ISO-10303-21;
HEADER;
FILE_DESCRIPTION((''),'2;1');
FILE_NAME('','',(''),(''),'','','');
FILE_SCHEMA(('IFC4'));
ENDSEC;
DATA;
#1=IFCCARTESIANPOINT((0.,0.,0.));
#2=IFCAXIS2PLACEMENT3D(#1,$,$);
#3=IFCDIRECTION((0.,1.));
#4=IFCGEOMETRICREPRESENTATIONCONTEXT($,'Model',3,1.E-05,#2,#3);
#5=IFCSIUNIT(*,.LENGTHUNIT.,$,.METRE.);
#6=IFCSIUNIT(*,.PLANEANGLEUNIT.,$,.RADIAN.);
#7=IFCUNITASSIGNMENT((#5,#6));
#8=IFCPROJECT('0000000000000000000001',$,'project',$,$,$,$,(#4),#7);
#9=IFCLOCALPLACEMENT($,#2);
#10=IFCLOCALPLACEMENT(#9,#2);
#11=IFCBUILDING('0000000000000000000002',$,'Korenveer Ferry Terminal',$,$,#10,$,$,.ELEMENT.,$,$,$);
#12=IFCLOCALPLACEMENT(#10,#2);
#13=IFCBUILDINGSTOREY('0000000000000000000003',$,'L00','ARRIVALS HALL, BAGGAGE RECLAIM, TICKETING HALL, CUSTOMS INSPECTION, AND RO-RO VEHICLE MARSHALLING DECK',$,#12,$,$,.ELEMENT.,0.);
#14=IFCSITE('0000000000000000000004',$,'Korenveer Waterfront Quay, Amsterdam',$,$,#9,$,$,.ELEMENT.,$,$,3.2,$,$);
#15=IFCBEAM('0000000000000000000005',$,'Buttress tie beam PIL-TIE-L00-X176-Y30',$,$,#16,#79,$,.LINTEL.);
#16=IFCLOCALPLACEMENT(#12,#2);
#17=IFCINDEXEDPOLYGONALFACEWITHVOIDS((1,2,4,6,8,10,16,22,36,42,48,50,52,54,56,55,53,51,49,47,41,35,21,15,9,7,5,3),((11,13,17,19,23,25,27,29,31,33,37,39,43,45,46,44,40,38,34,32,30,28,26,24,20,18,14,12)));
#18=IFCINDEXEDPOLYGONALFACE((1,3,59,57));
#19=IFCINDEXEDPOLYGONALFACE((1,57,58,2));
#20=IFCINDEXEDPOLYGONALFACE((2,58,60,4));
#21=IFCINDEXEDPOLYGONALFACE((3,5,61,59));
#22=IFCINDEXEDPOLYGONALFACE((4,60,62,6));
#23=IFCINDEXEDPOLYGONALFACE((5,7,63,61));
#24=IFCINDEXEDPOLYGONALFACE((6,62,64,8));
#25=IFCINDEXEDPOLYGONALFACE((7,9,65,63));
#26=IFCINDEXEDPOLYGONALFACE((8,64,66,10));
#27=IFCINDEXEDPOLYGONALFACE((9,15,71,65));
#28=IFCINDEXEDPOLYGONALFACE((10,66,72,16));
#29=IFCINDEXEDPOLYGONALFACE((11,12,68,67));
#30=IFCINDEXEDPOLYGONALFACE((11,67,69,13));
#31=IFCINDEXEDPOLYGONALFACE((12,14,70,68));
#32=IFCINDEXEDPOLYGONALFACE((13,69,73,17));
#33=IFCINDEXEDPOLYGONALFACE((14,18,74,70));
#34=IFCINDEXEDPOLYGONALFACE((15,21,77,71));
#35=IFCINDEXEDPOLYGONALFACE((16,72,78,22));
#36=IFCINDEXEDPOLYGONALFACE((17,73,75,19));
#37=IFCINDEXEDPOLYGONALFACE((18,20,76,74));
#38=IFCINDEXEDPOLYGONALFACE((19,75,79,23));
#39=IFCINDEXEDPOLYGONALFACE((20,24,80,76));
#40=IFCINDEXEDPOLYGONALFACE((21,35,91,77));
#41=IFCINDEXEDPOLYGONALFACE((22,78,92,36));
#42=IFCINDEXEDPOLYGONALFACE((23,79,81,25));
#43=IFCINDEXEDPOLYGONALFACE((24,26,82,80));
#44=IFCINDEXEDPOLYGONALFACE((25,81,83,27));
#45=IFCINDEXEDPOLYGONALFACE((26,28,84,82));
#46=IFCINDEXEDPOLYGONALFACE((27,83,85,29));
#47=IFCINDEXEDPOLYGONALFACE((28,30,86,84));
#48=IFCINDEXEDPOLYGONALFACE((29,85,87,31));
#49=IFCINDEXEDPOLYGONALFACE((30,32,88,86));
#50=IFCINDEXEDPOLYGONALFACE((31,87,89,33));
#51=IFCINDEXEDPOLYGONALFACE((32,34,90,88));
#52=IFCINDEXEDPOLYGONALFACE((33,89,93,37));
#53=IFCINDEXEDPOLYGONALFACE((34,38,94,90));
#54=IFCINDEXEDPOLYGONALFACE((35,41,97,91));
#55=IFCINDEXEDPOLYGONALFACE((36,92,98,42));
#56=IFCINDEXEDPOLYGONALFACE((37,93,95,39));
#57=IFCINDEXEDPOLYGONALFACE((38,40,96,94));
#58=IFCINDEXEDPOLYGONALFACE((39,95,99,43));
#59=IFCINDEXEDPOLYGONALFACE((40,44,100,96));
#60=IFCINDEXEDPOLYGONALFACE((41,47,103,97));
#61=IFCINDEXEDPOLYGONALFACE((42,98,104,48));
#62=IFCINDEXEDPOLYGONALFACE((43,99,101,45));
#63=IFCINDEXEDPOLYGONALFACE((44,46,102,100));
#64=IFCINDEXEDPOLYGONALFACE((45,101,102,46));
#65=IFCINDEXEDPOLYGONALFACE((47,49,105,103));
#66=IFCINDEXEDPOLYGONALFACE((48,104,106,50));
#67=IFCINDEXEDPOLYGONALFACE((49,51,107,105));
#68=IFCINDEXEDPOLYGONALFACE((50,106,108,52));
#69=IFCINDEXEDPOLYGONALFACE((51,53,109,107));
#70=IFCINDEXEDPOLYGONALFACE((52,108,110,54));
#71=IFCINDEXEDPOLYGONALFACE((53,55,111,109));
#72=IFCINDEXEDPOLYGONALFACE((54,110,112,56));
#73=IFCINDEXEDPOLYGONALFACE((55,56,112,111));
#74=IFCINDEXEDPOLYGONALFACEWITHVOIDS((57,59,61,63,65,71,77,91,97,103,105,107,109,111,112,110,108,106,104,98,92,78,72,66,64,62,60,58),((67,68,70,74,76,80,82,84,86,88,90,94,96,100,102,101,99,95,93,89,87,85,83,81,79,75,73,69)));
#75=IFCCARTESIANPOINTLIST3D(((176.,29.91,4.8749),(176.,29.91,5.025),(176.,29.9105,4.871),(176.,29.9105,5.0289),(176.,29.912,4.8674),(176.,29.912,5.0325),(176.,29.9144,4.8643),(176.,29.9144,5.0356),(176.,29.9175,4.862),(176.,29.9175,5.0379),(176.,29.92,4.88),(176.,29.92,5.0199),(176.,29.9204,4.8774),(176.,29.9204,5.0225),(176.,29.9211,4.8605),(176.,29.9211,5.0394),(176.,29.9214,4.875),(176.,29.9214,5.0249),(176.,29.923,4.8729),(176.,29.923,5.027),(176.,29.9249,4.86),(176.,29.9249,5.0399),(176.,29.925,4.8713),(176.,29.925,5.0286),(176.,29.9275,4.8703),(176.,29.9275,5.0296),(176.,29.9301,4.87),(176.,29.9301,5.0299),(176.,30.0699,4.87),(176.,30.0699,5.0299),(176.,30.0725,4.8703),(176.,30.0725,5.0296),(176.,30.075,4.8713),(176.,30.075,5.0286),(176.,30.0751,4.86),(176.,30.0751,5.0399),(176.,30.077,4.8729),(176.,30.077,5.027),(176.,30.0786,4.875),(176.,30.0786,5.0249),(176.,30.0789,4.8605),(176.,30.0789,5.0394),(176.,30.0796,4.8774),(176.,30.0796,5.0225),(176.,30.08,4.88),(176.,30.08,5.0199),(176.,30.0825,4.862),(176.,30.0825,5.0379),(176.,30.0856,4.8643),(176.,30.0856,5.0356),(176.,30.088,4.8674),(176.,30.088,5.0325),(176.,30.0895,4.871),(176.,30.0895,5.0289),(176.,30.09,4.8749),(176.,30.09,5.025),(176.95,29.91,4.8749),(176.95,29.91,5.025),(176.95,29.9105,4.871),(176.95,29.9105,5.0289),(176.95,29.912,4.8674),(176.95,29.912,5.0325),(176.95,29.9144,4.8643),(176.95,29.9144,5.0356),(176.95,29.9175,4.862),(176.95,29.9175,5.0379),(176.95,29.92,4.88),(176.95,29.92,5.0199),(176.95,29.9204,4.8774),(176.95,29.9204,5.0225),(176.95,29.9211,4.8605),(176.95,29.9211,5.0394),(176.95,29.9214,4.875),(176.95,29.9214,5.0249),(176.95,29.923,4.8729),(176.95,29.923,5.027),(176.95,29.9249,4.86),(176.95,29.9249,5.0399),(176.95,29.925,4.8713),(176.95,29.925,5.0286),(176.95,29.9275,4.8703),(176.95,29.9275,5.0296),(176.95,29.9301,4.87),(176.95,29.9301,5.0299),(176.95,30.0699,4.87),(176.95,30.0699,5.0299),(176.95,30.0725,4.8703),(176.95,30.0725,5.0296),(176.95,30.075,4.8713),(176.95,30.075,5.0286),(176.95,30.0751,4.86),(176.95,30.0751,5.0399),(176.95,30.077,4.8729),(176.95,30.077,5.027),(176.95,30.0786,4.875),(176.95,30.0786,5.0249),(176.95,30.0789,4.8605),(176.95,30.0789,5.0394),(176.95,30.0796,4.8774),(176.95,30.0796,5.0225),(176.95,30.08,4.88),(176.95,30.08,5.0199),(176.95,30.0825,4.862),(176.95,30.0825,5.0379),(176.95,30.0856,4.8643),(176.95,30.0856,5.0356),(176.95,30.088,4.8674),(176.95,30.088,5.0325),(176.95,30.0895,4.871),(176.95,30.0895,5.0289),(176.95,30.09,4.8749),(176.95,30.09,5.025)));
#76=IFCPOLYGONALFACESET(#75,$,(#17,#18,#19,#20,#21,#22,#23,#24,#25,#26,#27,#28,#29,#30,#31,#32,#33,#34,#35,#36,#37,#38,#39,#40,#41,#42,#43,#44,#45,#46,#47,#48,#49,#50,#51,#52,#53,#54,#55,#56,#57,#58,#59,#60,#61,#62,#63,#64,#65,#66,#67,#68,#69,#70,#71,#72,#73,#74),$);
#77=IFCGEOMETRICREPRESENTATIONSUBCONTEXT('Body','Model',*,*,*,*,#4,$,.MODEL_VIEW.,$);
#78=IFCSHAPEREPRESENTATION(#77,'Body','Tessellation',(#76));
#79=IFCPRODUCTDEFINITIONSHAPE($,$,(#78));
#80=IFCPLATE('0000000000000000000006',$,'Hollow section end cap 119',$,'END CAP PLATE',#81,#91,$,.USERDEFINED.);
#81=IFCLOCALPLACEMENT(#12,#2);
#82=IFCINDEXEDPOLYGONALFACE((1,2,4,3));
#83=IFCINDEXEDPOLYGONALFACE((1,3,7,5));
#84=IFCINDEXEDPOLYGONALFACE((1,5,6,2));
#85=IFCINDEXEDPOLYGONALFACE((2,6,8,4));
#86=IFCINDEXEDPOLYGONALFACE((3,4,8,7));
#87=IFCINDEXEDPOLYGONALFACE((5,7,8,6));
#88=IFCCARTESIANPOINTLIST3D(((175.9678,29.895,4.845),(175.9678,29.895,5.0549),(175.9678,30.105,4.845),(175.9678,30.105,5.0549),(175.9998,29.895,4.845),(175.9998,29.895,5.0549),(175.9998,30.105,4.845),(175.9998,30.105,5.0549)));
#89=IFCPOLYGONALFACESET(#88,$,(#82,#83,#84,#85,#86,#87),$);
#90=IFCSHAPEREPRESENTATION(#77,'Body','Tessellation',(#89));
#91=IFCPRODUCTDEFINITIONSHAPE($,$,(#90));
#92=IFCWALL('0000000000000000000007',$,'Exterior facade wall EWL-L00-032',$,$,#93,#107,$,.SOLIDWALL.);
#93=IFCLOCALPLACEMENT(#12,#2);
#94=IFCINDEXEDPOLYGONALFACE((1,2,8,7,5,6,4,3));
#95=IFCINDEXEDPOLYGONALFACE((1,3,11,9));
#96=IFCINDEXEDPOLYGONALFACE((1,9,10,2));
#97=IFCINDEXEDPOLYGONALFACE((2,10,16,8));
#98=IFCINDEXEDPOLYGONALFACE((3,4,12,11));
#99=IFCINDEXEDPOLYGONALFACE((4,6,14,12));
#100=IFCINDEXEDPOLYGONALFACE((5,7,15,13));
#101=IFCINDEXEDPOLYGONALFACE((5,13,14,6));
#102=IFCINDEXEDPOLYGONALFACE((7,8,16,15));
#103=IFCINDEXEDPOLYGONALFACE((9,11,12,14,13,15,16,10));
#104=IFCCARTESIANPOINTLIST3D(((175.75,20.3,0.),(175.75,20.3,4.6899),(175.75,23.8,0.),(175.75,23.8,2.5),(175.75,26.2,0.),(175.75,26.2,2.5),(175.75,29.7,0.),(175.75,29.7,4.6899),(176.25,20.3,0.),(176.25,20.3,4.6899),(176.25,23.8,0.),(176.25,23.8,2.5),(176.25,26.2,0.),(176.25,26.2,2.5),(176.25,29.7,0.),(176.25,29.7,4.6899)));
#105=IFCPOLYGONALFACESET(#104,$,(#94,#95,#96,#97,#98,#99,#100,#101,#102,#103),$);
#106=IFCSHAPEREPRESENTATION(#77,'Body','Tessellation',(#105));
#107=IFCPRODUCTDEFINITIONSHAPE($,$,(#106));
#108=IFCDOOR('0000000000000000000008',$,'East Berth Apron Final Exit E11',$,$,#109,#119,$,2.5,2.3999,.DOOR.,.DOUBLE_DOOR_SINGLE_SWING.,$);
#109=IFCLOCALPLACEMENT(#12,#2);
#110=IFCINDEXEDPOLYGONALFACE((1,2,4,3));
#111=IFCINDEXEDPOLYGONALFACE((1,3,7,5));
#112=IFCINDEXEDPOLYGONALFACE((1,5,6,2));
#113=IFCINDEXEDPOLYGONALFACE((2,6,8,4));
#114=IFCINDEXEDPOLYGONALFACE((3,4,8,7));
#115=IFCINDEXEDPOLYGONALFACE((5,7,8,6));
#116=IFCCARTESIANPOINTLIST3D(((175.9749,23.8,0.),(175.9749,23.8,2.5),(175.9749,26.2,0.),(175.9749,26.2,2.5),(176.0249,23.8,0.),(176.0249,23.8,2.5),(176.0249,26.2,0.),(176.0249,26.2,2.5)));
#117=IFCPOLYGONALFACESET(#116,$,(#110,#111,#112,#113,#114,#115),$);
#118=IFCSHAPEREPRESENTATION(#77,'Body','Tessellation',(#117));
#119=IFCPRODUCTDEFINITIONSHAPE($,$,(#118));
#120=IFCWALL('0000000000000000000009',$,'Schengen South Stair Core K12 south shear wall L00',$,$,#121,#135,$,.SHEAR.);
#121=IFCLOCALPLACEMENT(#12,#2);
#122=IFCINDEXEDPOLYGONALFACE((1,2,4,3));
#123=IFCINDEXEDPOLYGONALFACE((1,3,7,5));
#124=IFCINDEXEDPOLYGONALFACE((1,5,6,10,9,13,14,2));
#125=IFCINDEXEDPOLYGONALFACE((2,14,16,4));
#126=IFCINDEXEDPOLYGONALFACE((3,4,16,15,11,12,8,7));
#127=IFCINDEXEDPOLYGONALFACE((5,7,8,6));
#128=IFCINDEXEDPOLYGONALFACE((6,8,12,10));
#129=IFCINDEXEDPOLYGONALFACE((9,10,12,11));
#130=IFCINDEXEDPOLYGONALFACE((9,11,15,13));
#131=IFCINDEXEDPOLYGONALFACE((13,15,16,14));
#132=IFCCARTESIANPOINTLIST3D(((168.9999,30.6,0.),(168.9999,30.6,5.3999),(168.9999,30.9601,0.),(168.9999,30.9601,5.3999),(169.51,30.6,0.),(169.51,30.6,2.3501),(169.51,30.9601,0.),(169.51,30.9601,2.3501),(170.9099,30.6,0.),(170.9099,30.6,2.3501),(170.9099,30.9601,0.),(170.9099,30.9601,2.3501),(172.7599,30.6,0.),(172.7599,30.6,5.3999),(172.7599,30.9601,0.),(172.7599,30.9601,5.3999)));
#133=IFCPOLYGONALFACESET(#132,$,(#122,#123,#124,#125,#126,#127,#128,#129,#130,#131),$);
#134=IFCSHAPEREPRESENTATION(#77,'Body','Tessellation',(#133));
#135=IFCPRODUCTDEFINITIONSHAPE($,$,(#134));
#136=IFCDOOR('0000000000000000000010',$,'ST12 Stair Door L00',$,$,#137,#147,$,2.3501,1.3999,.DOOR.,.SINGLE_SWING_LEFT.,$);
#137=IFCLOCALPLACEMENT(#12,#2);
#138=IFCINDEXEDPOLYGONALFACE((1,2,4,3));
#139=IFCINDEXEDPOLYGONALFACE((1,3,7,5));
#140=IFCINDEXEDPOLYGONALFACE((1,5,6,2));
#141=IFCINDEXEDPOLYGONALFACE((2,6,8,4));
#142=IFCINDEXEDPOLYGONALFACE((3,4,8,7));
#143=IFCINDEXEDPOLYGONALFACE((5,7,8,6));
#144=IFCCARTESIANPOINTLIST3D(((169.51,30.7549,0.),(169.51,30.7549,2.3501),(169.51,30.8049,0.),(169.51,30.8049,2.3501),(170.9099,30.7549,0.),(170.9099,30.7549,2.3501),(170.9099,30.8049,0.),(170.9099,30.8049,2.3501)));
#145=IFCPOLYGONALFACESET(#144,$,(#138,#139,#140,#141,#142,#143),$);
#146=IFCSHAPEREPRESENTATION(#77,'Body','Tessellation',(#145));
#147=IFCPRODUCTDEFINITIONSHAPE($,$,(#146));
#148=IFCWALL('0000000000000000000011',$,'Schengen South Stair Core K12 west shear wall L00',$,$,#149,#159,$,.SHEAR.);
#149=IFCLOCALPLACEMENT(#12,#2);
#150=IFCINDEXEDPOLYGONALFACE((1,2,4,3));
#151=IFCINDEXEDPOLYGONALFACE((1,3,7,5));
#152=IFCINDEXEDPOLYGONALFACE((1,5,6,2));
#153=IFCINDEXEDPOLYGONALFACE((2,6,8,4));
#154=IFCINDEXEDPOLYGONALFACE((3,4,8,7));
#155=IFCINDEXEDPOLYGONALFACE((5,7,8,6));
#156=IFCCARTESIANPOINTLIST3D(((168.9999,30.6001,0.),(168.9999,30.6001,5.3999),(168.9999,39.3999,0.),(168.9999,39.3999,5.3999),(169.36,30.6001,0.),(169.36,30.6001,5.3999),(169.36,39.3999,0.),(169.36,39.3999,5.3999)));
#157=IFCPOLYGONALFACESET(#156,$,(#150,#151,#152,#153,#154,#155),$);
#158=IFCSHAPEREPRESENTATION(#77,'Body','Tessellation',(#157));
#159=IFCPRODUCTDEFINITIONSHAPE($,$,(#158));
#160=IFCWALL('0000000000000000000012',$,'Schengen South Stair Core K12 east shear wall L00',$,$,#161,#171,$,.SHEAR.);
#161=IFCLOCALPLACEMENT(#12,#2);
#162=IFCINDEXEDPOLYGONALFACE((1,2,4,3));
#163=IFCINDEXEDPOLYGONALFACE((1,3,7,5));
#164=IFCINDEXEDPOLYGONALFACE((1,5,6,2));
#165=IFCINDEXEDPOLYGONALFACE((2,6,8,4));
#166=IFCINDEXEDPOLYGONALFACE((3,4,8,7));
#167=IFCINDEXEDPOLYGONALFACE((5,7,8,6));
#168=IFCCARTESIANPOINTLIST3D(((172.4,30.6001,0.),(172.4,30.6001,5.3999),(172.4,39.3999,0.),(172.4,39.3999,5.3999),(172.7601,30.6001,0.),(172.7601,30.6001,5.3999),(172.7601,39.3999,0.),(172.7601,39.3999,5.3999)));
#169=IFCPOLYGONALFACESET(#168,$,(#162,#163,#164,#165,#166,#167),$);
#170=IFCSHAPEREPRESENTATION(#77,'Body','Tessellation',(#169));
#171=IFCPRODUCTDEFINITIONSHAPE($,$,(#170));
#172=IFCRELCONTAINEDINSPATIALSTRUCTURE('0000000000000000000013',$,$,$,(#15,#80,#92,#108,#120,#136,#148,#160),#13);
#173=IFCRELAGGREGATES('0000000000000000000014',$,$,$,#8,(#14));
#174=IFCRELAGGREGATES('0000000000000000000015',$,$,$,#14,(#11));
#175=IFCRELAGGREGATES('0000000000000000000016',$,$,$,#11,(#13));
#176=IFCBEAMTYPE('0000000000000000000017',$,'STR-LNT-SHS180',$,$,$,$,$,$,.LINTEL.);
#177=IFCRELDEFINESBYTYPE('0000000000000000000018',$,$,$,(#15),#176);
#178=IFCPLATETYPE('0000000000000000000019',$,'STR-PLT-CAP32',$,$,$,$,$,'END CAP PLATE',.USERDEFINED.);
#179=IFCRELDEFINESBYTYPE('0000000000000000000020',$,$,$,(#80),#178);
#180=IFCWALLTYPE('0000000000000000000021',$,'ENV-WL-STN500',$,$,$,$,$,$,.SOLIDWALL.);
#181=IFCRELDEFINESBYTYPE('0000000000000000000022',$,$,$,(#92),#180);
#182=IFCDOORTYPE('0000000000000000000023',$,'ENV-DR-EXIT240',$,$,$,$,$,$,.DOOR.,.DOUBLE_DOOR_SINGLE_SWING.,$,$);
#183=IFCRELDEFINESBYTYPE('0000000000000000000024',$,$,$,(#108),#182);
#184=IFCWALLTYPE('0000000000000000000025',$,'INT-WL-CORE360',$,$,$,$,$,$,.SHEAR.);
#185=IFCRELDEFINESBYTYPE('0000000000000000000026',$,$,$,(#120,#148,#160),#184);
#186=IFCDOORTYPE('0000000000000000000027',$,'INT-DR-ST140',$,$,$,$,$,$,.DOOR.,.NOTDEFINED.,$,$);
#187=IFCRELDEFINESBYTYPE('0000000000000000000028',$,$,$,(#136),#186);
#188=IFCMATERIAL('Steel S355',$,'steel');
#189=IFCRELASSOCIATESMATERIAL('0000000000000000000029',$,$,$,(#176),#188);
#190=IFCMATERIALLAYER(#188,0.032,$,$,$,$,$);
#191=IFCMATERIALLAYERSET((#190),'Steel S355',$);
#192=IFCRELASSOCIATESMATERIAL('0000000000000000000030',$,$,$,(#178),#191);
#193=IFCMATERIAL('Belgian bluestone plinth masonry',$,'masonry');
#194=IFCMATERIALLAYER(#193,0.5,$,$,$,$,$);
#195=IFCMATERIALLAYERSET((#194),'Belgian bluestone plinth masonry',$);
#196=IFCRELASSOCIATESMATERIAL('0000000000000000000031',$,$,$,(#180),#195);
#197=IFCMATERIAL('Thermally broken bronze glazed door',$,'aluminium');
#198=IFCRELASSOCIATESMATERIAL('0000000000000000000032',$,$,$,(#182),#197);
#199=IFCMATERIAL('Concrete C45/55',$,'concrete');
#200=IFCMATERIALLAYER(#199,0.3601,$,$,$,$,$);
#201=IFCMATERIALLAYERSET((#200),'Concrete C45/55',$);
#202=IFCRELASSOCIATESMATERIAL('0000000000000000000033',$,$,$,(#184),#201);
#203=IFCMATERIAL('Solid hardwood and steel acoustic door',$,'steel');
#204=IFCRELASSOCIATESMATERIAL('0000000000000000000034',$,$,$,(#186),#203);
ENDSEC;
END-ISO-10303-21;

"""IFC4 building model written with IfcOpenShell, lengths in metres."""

from ifc_helpers import new_model, si_unit, direction, frame, frame_2d, origin, origin_2d, place, context, subcontext, project, spatial, rectangle, hollow_rectangle, extrude, material, layer, layer_set, material_profile, profile_set, type_object, element, fill, save


model = new_model("IFC4")

# Units and contexts
model_context = context("Model", 3, precision=1e-05, world=origin(), true_north=direction((0.0, 1.0)))
body_context = subcontext(model_context, "Body", "Model", "MODEL_VIEW")
ifc_project = project(units=[si_unit("LENGTHUNIT", "METRE"), si_unit("PLANEANGLEUNIT", "RADIAN")], contexts=[model_context])

# Site, building, storey
site_placement = place(None, origin())
site = spatial("IfcSite", under=ifc_project, at=site_placement, Name="Korenveer Waterfront Quay, Amsterdam", CompositionType="ELEMENT", RefElevation=3.2)
building_placement = place(site_placement, origin())
building = spatial("IfcBuilding", under=site, at=building_placement, Name="Korenveer Ferry Terminal", CompositionType="ELEMENT")
storey_placement = place(building_placement, origin())
storey = spatial("IfcBuildingStorey", under=building, at=storey_placement, Name="L00", Description="ARRIVALS HALL, BAGGAGE RECLAIM, TICKETING HALL, CUSTOMS INSPECTION, AND RO-RO VEHICLE MARSHALLING DECK", CompositionType="ELEMENT", Elevation=0.0)

# Shared definitions
ifc_material_1 = material(Name="Concrete C45/55", Category="concrete")

# Beam
ifc_material_2 = material(Name="Steel S355", Category="steel")
ifc_material_profile_1 = material_profile(ifc_material_2, hollow_rectangle(XDim=0.1799, YDim=0.1799, WallThickness=0.01, InnerFilletRadius=0.01, OuterFilletRadius=0.0149, at=origin_2d()), Name="SHS 180x180x10")
ifc_profile_set_1 = profile_set([ifc_material_profile_1], Name="Steel S355")
beam_type_1 = type_object("IfcBeamType", Name="STR-LNT-SHS180", PredefinedType="LINTEL", material=ifc_profile_set_1)
beam_1_placement = place(storey_placement, frame((176.0, 30.0, 4.95), z_axis=(1.0, 0.0, 0.0), x_axis=(0.0, 1.0, 0.0)))
element("IfcBeam", 1, at=beam_1_placement, inside=storey, type_object=beam_type_1, Name="Buttress tie beam PIL-TIE-L00-X176-Y30", PredefinedType="LINTEL", context=body_context, shape_type="SweptSolid", body=[
    extrude(hollow_rectangle(XDim=0.1799, YDim=0.1799, WallThickness=0.01, InnerFilletRadius=0.01, OuterFilletRadius=0.0149, at=origin_2d()), origin(), (0.0, 0.0, 1.0), 0.95),
])

# Plate
ifc_layer_1 = layer(ifc_material_2, 0.032)
ifc_layer_set_1 = layer_set([ifc_layer_1], Name="Steel S355")
plate_type = type_object("IfcPlateType", Name="STR-PLT-CAP32", ElementType="END CAP PLATE", PredefinedType="USERDEFINED", material=ifc_layer_set_1)
plate_placement = place(storey_placement, frame((175.9678, 30.0, 4.95), z_axis=(1.0, 0.0, 0.0), x_axis=(0.0, 1.0, 0.0)))
element("IfcPlate", 2, at=plate_placement, inside=storey, type_object=plate_type, Name="Hollow section end cap 119", ObjectType="END CAP PLATE", PredefinedType="USERDEFINED", context=body_context, shape_type="SweptSolid", body=[
    extrude(rectangle(XDim=0.21, YDim=0.21, at=origin_2d()), origin(), (0.0, 0.0, 1.0), 0.032),
])

# Walls, openings, doors
ifc_material_3 = material(Name="Belgian bluestone plinth masonry", Category="masonry")
ifc_layer_2 = layer(ifc_material_3, 0.5)
ifc_layer_set_2 = layer_set([ifc_layer_2], Name="Belgian bluestone plinth masonry")
wall_type_1 = type_object("IfcWallType", Name="ENV-WL-STN500", PredefinedType="SOLIDWALL", material=ifc_layer_set_2)
wall_1_placement = place(storey_placement, frame((176.0, 29.7, 0.0), z_axis=(0.0, 0.0, 1.0), x_axis=(0.0, -1.0, 0.0)))
wall_1 = element("IfcWall", 3, at=wall_1_placement, inside=storey, type_object=wall_type_1, Name="Exterior facade wall EWL-L00-032", PredefinedType="SOLIDWALL", context=body_context, shape_type="SweptSolid", body=[
    extrude(rectangle(XDim=9.3999, YDim=0.5, at=frame_2d((4.7, 0.0))), origin(), (0.0, 0.0, 1.0), 4.6899),
])
opening_1_placement = place(wall_1_placement, frame((3.5, 0.0, 0.0)))
opening_1 = element("IfcOpeningElement", 4, at=opening_1_placement, cuts=wall_1, PredefinedType="OPENING", context=body_context, shape_type="SweptSolid", body=[
    extrude(rectangle(XDim=2.3999, YDim=2.5, at=frame_2d((1.2, 1.25))), frame((0.0, 0.26, 0.0), z_axis=(0.0, -1.0, 0.0), x_axis=(1.0, 0.0, 0.0)), (0.0, 0.0, 1.0), 0.52),
])
ifc_material_4 = material(Name="Thermally broken bronze glazed door", Category="aluminium")
door_type_1 = type_object("IfcDoorType", Name="ENV-DR-EXIT240", OperationType="DOUBLE_DOOR_SINGLE_SWING", PredefinedType="DOOR", material=ifc_material_4)
door_1_placement = place(opening_1_placement, origin())
door_1 = element("IfcDoor", 5, at=door_1_placement, inside=storey, type_object=door_type_1, Name="East Berth Apron Final Exit E11", OperationType="DOUBLE_DOOR_SINGLE_SWING", OverallHeight=2.5, OverallWidth=2.3999, PredefinedType="DOOR", context=body_context, shape_type="SweptSolid", body=[
    extrude(rectangle(XDim=2.3999, YDim=2.5, at=frame_2d((1.2, 1.25))), frame((0.0, 0.0249, 0.0), z_axis=(0.0, -1.0, 0.0), x_axis=(1.0, 0.0, 0.0)), (0.0, 0.0, 1.0), 0.05),
])
fill(opening_1, door_1)
ifc_layer_3 = layer(ifc_material_1, 0.3601)
ifc_layer_set_3 = layer_set([ifc_layer_3], Name="Concrete C45/55")
wall_type_2 = type_object("IfcWallType", Name="INT-WL-CORE360", PredefinedType="SHEAR", material=ifc_layer_set_3)
wall_2_placement = place(storey_placement, frame((169.0, 30.78, 0.0), z_axis=(0.0, 0.0, 1.0), x_axis=(1.0, 0.0, 0.0)))
wall_2 = element("IfcWall", 6, at=wall_2_placement, inside=storey, type_object=wall_type_2, Name="Schengen South Stair Core K12 south shear wall L00", PredefinedType="SHEAR", context=body_context, shape_type="SweptSolid", body=[
    extrude(rectangle(XDim=3.76, YDim=0.3601, at=frame_2d((1.8799, 0.0))), origin(), (0.0, 0.0, 1.0), 5.3999),
])
opening_2_placement = place(wall_2_placement, frame((0.51, 0.0, 0.0)))
opening_2 = element("IfcOpeningElement", 7, at=opening_2_placement, cuts=wall_2, PredefinedType="OPENING", context=body_context, shape_type="SweptSolid", body=[
    extrude(rectangle(XDim=1.3999, YDim=2.3501, at=frame_2d((0.7, 1.175))), frame((0.0, 0.1899, 0.0), z_axis=(0.0, -1.0, 0.0), x_axis=(1.0, 0.0, 0.0)), (0.0, 0.0, 1.0), 0.3801),
])
ifc_material_5 = material(Name="Solid hardwood and steel acoustic door", Category="steel")
door_type_2 = type_object("IfcDoorType", Name="INT-DR-ST140", OperationType="NOTDEFINED", PredefinedType="DOOR", material=ifc_material_5)
door_2_placement = place(opening_2_placement, origin())
door_2 = element("IfcDoor", 8, at=door_2_placement, inside=storey, type_object=door_type_2, Name="ST12 Stair Door L00", OperationType="SINGLE_SWING_LEFT", OverallHeight=2.3501, OverallWidth=1.3999, PredefinedType="DOOR", context=body_context, shape_type="SweptSolid", body=[
    extrude(rectangle(XDim=1.3999, YDim=2.3501, at=frame_2d((0.7, 1.175))), frame((0.0, 0.0249, 0.0), z_axis=(0.0, -1.0, 0.0), x_axis=(1.0, 0.0, 0.0)), (0.0, 0.0, 1.0), 0.05),
])
fill(opening_2, door_2)

# Walls
for number, where, z_axis, x_axis, name in (
    (9, (169.1799, 30.6001, 0.0), (0.0, 0.0, 1.0), (0.0, 1.0, 0.0), "Schengen South Stair Core K12 west shear wall L00"),
    (10, (172.5801, 30.6001, 0.0), (0.0, 0.0, 1.0), (0.0, 1.0, 0.0), "Schengen South Stair Core K12 east shear wall L00"),
):
    element("IfcWall", number, at=place(storey_placement, frame(where, z_axis=z_axis, x_axis=x_axis)), inside=storey, type_object=wall_type_2, Name=name, PredefinedType="SHEAR", context=body_context, shape_type="SweptSolid", body=[
        extrude(rectangle(XDim=8.7998, YDim=0.3601, at=frame_2d((4.3999, 0.0))), origin(), (0.0, 0.0, 1.0), 5.3999),
    ])

save(model, "model.ifc")
